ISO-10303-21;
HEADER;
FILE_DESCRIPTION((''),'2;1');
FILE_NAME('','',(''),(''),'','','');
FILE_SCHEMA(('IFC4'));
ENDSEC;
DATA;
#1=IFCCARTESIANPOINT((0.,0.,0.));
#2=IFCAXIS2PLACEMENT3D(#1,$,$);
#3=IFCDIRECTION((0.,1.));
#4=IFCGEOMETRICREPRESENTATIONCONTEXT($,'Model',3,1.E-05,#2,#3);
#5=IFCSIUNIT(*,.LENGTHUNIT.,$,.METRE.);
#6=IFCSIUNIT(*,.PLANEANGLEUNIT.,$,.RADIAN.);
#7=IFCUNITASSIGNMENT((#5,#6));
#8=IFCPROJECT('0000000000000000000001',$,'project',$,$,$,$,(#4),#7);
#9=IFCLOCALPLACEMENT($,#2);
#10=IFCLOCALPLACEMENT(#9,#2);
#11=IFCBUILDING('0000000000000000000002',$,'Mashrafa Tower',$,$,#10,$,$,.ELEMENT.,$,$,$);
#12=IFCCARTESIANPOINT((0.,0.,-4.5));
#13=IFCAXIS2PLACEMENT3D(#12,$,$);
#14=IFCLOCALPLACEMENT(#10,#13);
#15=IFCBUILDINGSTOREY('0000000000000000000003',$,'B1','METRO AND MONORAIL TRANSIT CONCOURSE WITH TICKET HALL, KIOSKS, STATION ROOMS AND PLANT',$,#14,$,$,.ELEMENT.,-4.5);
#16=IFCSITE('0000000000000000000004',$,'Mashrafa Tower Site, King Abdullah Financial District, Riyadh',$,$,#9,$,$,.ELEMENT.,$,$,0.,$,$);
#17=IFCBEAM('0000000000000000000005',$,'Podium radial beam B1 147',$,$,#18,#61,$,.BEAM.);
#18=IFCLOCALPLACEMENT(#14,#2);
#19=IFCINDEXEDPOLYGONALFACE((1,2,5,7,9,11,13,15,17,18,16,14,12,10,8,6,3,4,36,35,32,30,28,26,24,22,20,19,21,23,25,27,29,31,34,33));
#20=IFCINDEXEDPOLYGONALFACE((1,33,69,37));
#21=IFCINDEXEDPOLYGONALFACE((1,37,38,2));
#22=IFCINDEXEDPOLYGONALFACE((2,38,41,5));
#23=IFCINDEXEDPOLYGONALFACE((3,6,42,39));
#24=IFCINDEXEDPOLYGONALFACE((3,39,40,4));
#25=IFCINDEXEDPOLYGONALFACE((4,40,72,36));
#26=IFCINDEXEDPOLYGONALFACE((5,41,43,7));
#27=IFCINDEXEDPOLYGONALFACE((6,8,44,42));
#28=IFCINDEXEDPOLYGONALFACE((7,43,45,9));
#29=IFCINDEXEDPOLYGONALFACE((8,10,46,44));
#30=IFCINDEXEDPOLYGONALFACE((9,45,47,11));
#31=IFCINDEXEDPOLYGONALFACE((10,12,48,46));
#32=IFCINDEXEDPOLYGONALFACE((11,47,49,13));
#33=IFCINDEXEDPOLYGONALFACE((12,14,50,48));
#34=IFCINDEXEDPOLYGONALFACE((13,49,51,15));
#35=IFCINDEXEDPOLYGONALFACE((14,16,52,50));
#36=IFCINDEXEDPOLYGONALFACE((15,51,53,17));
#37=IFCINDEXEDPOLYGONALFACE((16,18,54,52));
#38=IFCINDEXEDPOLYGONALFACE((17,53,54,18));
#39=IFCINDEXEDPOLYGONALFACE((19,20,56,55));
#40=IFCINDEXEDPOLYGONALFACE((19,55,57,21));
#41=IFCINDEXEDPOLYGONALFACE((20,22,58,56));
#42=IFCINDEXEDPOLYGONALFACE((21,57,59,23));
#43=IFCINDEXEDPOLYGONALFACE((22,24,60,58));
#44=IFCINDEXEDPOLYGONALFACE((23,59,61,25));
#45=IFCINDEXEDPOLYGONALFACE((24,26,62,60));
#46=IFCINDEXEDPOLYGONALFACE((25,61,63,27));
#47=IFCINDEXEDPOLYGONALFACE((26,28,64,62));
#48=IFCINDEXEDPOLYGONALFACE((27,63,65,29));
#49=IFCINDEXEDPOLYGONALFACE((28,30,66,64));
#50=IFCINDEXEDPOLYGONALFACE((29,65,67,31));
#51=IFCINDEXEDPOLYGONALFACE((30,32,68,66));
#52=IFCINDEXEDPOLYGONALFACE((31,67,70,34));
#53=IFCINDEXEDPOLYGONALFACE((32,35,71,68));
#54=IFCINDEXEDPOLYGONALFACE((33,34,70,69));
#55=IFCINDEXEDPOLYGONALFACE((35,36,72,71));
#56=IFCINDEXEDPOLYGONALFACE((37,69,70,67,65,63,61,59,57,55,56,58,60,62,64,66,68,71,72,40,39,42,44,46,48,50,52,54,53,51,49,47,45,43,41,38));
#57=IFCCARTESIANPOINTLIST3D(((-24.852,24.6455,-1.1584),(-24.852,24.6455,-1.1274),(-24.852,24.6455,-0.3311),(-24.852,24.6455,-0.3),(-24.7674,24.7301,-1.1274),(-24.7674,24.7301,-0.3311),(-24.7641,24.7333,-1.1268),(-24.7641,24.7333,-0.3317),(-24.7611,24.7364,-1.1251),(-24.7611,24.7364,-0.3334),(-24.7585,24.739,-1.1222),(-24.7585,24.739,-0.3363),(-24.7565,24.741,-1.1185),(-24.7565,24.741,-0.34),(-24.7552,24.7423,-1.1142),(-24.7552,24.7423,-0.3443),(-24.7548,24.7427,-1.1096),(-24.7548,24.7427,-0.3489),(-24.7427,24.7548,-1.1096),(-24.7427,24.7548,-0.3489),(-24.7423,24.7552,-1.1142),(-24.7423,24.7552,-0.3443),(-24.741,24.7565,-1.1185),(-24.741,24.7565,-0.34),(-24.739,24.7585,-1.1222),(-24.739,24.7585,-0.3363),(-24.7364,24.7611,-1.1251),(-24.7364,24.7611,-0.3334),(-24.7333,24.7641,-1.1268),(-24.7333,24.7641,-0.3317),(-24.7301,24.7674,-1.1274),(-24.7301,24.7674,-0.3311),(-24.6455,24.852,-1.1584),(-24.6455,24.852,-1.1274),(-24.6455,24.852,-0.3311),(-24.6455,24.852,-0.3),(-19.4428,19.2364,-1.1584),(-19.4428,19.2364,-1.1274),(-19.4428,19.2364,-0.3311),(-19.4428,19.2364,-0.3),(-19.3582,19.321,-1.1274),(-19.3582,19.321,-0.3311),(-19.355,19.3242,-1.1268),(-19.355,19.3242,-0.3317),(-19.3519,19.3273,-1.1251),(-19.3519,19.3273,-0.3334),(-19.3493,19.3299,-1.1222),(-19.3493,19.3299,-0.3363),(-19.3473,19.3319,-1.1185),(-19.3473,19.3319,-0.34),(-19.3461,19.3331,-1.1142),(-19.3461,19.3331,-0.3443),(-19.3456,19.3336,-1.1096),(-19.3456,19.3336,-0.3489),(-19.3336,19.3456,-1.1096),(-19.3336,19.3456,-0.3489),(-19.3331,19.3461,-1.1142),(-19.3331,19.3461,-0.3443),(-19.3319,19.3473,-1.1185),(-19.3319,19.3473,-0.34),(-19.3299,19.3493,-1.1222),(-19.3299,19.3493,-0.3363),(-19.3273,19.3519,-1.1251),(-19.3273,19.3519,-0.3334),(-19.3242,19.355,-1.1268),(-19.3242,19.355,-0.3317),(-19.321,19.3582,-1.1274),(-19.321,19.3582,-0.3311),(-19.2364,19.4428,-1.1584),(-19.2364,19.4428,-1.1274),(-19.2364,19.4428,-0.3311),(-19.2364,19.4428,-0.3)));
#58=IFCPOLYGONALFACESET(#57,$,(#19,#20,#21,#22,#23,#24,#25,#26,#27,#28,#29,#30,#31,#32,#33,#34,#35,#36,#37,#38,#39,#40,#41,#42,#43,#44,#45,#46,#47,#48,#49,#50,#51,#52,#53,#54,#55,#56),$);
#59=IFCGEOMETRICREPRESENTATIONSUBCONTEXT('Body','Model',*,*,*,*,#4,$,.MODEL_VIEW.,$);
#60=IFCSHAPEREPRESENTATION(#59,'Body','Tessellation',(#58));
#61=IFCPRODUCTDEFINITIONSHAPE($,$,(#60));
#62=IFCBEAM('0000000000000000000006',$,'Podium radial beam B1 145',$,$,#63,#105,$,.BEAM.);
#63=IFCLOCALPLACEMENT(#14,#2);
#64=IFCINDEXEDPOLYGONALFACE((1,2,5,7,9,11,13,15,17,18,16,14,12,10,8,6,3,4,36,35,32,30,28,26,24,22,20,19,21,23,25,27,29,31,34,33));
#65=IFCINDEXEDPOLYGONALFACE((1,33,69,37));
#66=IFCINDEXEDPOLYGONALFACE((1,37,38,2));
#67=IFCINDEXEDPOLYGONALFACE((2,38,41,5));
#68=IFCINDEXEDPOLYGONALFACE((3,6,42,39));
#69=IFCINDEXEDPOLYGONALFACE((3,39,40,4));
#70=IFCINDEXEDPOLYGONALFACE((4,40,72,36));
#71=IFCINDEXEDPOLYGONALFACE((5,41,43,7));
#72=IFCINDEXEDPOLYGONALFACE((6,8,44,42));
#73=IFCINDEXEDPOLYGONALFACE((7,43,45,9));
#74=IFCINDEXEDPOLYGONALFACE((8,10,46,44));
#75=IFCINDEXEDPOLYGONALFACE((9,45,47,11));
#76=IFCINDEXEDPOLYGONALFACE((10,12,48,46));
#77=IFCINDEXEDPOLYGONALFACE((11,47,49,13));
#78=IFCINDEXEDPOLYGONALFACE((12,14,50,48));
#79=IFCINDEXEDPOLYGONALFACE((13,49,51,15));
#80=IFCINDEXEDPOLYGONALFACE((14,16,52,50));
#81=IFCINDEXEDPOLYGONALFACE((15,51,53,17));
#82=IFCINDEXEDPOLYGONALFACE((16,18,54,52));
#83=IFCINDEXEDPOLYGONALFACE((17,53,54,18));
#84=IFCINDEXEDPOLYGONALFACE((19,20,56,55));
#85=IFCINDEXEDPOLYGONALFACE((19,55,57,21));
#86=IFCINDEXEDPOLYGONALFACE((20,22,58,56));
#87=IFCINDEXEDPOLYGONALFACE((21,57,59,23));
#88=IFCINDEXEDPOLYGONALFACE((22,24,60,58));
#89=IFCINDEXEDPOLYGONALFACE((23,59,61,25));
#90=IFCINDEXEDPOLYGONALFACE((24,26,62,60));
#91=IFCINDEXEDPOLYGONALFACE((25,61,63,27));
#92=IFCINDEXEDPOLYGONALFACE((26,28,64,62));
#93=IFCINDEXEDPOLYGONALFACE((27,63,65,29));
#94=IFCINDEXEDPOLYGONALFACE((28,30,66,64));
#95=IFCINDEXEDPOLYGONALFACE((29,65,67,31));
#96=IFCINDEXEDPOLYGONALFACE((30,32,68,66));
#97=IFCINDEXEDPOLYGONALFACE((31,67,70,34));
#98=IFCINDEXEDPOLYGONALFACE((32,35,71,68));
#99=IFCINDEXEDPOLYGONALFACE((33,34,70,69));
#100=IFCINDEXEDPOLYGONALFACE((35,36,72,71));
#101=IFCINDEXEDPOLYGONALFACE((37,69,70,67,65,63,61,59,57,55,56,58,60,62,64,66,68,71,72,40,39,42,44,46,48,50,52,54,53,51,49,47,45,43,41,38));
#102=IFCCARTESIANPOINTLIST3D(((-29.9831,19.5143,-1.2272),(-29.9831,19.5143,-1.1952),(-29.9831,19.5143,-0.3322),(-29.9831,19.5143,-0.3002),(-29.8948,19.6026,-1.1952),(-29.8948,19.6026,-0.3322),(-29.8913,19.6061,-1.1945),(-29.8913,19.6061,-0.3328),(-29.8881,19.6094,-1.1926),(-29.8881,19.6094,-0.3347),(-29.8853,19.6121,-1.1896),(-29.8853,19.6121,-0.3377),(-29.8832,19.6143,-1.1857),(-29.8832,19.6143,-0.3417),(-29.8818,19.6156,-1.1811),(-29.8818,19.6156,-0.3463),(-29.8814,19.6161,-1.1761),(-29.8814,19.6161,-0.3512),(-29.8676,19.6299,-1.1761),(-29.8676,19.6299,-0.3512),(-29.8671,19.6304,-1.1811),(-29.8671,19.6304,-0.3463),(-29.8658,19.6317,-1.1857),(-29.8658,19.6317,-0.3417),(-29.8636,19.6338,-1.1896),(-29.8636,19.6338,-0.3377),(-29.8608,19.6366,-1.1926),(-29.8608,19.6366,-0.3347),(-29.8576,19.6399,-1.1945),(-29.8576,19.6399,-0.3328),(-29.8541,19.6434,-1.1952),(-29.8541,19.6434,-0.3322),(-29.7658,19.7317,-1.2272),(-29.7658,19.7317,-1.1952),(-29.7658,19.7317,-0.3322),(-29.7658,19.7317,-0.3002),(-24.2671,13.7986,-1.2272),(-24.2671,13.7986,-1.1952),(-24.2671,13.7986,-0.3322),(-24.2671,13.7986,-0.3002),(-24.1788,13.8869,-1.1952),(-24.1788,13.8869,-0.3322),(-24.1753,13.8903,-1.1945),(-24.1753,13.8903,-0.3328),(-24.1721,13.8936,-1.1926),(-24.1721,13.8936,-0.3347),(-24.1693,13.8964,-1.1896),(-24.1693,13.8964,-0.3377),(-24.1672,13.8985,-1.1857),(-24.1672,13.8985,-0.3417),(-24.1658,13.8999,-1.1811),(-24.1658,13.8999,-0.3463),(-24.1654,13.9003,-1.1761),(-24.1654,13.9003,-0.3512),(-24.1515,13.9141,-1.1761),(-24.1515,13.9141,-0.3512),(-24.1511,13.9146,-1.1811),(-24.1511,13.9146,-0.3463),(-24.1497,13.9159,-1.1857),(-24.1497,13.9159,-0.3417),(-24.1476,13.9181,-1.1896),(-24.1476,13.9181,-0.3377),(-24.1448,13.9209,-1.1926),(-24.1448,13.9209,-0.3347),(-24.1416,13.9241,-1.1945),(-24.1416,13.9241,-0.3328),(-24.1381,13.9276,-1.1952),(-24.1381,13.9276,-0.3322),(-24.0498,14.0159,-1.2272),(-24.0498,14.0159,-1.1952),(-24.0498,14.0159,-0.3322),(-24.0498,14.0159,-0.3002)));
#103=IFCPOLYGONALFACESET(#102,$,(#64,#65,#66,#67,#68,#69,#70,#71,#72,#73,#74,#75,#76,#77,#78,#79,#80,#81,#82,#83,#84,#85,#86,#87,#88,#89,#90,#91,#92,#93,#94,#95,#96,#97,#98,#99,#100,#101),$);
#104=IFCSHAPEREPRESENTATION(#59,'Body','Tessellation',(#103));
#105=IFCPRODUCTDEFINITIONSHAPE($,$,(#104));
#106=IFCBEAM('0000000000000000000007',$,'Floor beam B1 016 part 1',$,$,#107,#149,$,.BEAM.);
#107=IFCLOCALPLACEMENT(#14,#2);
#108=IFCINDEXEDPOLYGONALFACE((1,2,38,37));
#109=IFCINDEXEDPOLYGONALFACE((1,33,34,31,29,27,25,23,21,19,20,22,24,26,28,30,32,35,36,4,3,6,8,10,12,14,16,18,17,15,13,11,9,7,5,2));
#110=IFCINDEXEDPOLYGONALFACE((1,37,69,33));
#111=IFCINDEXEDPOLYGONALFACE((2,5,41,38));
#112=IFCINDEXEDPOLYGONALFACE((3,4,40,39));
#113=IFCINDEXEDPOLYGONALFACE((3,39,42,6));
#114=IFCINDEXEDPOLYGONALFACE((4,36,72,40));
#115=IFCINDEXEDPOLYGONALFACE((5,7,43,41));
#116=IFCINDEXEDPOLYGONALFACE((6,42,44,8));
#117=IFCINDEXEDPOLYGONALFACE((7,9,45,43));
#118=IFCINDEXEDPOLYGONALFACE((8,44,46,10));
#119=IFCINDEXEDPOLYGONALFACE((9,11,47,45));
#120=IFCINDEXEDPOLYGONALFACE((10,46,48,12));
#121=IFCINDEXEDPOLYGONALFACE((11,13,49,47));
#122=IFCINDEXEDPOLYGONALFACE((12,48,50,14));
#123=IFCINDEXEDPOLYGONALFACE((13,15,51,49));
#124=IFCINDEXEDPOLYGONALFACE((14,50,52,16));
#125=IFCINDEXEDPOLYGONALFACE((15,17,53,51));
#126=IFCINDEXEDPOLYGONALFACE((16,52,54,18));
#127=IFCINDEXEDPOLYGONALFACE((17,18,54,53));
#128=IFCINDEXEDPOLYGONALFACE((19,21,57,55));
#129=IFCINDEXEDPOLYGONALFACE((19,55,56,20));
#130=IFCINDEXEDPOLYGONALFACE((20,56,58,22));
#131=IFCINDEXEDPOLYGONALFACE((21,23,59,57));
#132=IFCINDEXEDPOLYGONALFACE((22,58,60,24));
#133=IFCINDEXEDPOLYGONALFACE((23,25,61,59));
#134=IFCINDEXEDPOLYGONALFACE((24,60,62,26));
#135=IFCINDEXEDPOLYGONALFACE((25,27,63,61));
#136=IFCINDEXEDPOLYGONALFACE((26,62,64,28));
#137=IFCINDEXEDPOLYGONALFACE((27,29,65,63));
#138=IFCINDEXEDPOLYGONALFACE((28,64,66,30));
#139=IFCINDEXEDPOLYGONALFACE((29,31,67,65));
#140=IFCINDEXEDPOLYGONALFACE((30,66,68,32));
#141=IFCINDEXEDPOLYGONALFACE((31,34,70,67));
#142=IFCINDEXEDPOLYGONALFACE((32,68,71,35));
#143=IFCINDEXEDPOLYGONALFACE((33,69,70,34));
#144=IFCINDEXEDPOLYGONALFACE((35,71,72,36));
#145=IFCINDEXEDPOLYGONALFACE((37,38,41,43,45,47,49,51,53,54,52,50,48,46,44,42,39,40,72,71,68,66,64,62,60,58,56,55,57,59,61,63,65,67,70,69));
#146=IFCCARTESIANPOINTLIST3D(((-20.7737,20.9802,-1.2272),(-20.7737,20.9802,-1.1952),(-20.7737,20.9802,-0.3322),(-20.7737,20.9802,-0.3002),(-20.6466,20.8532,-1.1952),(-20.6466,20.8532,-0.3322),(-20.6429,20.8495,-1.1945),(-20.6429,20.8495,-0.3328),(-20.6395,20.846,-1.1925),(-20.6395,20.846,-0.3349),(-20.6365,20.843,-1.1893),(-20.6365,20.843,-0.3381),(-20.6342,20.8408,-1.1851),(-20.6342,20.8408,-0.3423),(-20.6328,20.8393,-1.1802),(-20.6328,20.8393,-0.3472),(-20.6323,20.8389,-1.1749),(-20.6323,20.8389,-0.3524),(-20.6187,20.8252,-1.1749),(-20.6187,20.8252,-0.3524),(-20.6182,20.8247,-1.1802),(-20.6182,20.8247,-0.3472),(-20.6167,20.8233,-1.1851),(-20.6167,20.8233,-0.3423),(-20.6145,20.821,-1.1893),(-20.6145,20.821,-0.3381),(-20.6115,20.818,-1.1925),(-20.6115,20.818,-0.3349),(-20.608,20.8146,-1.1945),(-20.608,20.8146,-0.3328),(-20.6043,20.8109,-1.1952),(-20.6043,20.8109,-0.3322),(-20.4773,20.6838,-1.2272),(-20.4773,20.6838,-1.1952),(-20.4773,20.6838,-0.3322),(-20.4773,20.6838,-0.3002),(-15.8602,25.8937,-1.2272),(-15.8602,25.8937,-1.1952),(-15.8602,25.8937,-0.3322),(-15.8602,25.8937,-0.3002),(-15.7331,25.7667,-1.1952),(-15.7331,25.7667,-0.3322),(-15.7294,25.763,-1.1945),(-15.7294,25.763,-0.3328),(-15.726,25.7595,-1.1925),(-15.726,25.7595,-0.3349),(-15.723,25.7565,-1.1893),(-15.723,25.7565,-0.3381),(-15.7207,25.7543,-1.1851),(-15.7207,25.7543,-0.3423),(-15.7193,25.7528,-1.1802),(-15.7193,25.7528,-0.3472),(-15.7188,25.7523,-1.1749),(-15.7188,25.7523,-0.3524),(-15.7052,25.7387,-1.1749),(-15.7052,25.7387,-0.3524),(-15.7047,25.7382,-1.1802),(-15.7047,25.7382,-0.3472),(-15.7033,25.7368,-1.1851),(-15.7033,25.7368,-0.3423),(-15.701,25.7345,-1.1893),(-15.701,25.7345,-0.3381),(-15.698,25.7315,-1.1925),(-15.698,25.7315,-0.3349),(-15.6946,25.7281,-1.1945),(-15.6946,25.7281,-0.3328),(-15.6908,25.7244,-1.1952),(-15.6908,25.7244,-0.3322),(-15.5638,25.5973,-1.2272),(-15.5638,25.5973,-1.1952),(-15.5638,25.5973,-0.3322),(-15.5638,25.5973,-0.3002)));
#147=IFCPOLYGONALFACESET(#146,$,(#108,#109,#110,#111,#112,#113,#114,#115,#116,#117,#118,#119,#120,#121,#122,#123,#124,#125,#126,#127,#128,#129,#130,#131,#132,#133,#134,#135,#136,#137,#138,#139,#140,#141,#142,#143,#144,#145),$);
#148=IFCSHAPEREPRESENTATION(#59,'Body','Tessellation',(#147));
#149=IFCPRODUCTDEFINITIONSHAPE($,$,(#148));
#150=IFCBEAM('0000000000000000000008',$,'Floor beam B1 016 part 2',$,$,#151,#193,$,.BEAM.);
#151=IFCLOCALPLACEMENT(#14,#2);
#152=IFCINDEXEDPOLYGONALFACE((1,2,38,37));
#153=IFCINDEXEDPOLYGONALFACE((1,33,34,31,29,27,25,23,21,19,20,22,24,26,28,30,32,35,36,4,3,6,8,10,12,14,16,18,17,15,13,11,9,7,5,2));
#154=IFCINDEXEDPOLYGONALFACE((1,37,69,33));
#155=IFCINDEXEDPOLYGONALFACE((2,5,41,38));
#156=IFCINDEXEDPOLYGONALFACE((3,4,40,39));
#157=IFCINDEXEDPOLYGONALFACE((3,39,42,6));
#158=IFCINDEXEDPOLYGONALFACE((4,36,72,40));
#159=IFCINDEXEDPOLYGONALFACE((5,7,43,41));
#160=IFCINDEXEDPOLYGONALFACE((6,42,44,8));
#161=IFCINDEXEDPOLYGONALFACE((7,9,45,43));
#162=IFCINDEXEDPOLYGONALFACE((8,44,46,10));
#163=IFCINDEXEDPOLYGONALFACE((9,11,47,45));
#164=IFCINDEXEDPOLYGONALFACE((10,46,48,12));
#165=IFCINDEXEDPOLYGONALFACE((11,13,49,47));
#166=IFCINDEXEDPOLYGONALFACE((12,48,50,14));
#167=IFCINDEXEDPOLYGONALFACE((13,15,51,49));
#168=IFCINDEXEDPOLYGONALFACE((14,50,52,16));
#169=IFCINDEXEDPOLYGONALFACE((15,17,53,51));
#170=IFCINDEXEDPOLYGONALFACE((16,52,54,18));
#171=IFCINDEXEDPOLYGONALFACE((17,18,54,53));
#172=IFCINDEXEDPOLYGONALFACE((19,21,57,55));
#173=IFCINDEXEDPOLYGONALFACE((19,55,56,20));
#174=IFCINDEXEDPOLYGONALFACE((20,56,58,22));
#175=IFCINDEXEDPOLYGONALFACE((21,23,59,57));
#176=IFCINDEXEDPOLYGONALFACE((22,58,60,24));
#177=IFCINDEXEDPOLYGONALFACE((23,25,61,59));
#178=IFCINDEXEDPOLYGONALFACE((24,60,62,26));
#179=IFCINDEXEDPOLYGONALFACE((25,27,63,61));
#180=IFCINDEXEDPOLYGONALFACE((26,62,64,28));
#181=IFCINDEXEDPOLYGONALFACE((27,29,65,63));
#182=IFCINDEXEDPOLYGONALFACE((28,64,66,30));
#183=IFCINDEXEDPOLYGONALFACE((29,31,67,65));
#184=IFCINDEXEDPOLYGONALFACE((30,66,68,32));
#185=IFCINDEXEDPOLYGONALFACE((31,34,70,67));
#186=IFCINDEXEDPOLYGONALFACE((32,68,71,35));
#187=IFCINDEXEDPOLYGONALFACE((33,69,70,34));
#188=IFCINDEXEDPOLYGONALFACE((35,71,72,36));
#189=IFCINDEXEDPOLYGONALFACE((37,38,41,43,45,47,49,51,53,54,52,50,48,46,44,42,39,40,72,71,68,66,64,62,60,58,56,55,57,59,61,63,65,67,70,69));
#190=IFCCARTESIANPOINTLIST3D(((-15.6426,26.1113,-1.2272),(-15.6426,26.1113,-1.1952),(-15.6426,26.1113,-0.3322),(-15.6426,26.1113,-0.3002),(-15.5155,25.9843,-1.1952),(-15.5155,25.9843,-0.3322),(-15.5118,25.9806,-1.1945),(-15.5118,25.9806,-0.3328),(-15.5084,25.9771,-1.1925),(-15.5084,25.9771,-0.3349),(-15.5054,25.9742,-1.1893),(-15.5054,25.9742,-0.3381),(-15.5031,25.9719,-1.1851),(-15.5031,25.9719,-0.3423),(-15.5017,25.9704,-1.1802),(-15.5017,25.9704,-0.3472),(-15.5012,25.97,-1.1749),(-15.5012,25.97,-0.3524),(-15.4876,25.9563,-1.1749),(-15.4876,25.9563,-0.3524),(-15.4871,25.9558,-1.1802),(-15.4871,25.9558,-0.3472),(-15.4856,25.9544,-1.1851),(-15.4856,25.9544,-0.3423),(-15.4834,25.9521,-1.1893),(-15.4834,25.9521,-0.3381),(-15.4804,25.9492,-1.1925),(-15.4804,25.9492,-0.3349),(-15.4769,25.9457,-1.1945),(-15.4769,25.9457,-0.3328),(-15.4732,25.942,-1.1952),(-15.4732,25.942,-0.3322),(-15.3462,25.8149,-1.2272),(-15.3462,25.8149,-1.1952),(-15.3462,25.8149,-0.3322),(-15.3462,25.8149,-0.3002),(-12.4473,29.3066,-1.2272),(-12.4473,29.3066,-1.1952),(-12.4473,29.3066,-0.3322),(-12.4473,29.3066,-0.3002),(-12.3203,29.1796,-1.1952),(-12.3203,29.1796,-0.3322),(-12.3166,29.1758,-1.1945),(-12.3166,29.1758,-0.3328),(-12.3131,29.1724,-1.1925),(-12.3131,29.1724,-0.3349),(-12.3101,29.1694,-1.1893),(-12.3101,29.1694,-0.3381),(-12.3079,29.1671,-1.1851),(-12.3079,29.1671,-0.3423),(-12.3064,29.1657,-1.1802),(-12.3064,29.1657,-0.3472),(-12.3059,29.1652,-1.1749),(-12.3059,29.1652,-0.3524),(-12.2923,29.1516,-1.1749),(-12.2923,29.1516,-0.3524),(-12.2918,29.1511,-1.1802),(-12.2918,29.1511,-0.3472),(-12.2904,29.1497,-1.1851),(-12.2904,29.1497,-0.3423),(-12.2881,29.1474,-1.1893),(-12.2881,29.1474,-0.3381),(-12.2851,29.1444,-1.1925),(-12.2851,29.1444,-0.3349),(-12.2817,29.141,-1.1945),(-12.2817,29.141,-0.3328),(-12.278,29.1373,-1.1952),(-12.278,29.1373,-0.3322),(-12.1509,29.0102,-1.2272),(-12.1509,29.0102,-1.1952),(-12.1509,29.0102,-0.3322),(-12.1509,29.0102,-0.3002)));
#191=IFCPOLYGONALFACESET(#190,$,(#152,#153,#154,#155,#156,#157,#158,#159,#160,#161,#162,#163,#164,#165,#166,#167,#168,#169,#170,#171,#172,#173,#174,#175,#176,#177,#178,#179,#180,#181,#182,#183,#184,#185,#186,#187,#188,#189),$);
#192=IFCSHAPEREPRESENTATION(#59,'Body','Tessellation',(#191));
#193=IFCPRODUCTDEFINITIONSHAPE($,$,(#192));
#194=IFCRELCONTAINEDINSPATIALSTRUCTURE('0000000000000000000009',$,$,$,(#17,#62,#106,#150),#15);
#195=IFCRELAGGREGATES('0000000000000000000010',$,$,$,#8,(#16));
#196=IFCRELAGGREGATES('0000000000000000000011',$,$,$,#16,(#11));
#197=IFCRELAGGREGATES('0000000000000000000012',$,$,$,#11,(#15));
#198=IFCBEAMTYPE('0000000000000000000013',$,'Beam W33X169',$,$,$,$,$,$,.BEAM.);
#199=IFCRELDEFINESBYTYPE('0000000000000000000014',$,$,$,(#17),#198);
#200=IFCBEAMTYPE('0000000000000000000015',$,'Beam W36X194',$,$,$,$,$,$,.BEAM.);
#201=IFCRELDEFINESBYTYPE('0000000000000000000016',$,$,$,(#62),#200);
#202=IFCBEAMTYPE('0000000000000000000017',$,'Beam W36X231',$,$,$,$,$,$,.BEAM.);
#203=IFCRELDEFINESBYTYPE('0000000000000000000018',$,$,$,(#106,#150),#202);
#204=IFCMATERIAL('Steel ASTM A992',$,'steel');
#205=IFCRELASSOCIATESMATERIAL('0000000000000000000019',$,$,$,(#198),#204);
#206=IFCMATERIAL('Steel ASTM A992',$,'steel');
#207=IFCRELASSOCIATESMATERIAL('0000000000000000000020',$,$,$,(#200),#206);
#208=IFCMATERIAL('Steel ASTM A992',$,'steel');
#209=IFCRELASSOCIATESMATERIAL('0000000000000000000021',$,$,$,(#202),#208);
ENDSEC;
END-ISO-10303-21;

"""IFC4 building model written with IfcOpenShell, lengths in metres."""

from ifc_helpers import new_model, si_unit, direction, frame, origin, origin_2d, place, context, subcontext, project, spatial, i_section, extrude, material, material_profile, profile_set, type_object, element, save


model = new_model("IFC4")

# Units and contexts
model_context = context("Model", 3, precision=1e-05, world=origin(), true_north=direction((0.0, 1.0)))
body_context = subcontext(model_context, "Body", "Model", "MODEL_VIEW")
ifc_project = project(units=[si_unit("LENGTHUNIT", "METRE"), si_unit("PLANEANGLEUNIT", "RADIAN")], contexts=[model_context])

# Site, building, storey
site_placement = place(None, origin())
site = spatial("IfcSite", under=ifc_project, at=site_placement, Name="Mashrafa Tower Site, King Abdullah Financial District, Riyadh", CompositionType="ELEMENT", RefElevation=0.0)
building_placement = place(site_placement, origin())
building = spatial("IfcBuilding", under=site, at=building_placement, Name="Mashrafa Tower", CompositionType="ELEMENT")
storey_placement = place(building_placement, frame((0.0, 0.0, -4.5)))
storey = spatial("IfcBuildingStorey", under=building, at=storey_placement, Name="B1", Description="METRO AND MONORAIL TRANSIT CONCOURSE WITH TICKET HALL, KIOSKS, STATION ROOMS AND PLANT", CompositionType="ELEMENT", Elevation=-4.5)

# Beams
ifc_material_1 = material(Name="Steel ASTM A992", Category="steel")
ifc_material_profile_1 = material_profile(ifc_material_1, i_section(OverallWidth=0.292, OverallDepth=0.8584, WebThickness=0.0171, FlangeThickness=0.031, FilletRadius=0.0178, at=origin_2d()), Name="W33X169")
ifc_profile_set_1 = profile_set([ifc_material_profile_1], Name="Steel ASTM A992")
beam_type_1 = type_object("IfcBeamType", Name="Beam W33X169", PredefinedType="BEAM", material=ifc_profile_set_1)
beam_1_placement = place(storey_placement, frame((-19.3396, 19.3396, -0.7292), z_axis=(-0.707107, 0.707107, 0.0), x_axis=(-0.707107, -0.707107, 0.0)))
element("IfcBeam", 1, at=beam_1_placement, inside=storey, type_object=beam_type_1, Name="Podium radial beam B1 147", PredefinedType="BEAM", context=body_context, shape_type="SweptSolid", body=[
    extrude(i_section(OverallWidth=0.292, OverallDepth=0.8584, WebThickness=0.0171, FlangeThickness=0.031, FilletRadius=0.0178, at=origin_2d()), origin(), (0.0, 0.0, 1.0), 7.6497),
])
ifc_material_2 = material(Name="Steel ASTM A992", Category="steel")
ifc_material_profile_2 = material_profile(ifc_material_2, i_section(OverallWidth=0.3074, OverallDepth=0.927, WebThickness=0.0195, FlangeThickness=0.032, FilletRadius=0.019, at=origin_2d()), Name="W36X194")
ifc_profile_set_2 = profile_set([ifc_material_profile_2], Name="Steel ASTM A992")
beam_type_2 = type_object("IfcBeamType", Name="Beam W36X194", PredefinedType="BEAM", material=ifc_profile_set_2)
beam_2_placement = place(storey_placement, frame((-24.1584, 13.9072, -0.7637), z_axis=(-0.707122, 0.707092, 0.0), x_axis=(-0.707092, -0.707122, 0.0)))
element("IfcBeam", 2, at=beam_2_placement, inside=storey, type_object=beam_type_2, Name="Podium radial beam B1 145", PredefinedType="BEAM", context=body_context, shape_type="SweptSolid", body=[
    extrude(i_section(OverallWidth=0.3074, OverallDepth=0.927, WebThickness=0.0195, FlangeThickness=0.032, FilletRadius=0.019, at=origin_2d()), origin(), (0.0, 0.0, 1.0), 8.0835),
])
ifc_material_3 = material(Name="Steel ASTM A992", Category="steel")
ifc_material_profile_3 = material_profile(ifc_material_3, i_section(OverallWidth=0.4192, OverallDepth=0.927, WebThickness=0.0193, FlangeThickness=0.032, FilletRadius=0.0203, at=origin_2d()), Name="W36X231")
ifc_profile_set_3 = profile_set([ifc_material_profile_3], Name="Steel ASTM A992")
beam_type_3 = type_object("IfcBeamType", Name="Beam W36X231", PredefinedType="BEAM", material=ifc_profile_set_3)
beam_3_placement = place(storey_placement, frame((-20.6255, 20.832, -0.7637), z_axis=(0.707107, 0.707107, 0.0), x_axis=(-0.707107, 0.707107, 0.0)))
element("IfcBeam", 3, at=beam_3_placement, inside=storey, type_object=beam_type_3, Name="Floor beam B1 016 part 1", PredefinedType="BEAM", context=body_context, shape_type="SweptSolid", body=[
    extrude(i_section(OverallWidth=0.4192, OverallDepth=0.927, WebThickness=0.0193, FlangeThickness=0.032, FilletRadius=0.0203, at=origin_2d()), origin(), (0.0, 0.0, 1.0), 6.9487),
])
beam_4_placement = place(storey_placement, frame((-15.4944, 25.9631, -0.7637), z_axis=(0.707107, 0.707107, 0.0), x_axis=(-0.707107, 0.707107, 0.0)))
element("IfcBeam", 4, at=beam_4_placement, inside=storey, type_object=beam_type_3, Name="Floor beam B1 016 part 2", PredefinedType="BEAM", context=body_context, shape_type="SweptSolid", body=[
    extrude(i_section(OverallWidth=0.4192, OverallDepth=0.927, WebThickness=0.0193, FlangeThickness=0.032, FilletRadius=0.0203, at=origin_2d()), origin(), (0.0, 0.0, 1.0), 4.5188),
])

save(model, "model.ifc")
